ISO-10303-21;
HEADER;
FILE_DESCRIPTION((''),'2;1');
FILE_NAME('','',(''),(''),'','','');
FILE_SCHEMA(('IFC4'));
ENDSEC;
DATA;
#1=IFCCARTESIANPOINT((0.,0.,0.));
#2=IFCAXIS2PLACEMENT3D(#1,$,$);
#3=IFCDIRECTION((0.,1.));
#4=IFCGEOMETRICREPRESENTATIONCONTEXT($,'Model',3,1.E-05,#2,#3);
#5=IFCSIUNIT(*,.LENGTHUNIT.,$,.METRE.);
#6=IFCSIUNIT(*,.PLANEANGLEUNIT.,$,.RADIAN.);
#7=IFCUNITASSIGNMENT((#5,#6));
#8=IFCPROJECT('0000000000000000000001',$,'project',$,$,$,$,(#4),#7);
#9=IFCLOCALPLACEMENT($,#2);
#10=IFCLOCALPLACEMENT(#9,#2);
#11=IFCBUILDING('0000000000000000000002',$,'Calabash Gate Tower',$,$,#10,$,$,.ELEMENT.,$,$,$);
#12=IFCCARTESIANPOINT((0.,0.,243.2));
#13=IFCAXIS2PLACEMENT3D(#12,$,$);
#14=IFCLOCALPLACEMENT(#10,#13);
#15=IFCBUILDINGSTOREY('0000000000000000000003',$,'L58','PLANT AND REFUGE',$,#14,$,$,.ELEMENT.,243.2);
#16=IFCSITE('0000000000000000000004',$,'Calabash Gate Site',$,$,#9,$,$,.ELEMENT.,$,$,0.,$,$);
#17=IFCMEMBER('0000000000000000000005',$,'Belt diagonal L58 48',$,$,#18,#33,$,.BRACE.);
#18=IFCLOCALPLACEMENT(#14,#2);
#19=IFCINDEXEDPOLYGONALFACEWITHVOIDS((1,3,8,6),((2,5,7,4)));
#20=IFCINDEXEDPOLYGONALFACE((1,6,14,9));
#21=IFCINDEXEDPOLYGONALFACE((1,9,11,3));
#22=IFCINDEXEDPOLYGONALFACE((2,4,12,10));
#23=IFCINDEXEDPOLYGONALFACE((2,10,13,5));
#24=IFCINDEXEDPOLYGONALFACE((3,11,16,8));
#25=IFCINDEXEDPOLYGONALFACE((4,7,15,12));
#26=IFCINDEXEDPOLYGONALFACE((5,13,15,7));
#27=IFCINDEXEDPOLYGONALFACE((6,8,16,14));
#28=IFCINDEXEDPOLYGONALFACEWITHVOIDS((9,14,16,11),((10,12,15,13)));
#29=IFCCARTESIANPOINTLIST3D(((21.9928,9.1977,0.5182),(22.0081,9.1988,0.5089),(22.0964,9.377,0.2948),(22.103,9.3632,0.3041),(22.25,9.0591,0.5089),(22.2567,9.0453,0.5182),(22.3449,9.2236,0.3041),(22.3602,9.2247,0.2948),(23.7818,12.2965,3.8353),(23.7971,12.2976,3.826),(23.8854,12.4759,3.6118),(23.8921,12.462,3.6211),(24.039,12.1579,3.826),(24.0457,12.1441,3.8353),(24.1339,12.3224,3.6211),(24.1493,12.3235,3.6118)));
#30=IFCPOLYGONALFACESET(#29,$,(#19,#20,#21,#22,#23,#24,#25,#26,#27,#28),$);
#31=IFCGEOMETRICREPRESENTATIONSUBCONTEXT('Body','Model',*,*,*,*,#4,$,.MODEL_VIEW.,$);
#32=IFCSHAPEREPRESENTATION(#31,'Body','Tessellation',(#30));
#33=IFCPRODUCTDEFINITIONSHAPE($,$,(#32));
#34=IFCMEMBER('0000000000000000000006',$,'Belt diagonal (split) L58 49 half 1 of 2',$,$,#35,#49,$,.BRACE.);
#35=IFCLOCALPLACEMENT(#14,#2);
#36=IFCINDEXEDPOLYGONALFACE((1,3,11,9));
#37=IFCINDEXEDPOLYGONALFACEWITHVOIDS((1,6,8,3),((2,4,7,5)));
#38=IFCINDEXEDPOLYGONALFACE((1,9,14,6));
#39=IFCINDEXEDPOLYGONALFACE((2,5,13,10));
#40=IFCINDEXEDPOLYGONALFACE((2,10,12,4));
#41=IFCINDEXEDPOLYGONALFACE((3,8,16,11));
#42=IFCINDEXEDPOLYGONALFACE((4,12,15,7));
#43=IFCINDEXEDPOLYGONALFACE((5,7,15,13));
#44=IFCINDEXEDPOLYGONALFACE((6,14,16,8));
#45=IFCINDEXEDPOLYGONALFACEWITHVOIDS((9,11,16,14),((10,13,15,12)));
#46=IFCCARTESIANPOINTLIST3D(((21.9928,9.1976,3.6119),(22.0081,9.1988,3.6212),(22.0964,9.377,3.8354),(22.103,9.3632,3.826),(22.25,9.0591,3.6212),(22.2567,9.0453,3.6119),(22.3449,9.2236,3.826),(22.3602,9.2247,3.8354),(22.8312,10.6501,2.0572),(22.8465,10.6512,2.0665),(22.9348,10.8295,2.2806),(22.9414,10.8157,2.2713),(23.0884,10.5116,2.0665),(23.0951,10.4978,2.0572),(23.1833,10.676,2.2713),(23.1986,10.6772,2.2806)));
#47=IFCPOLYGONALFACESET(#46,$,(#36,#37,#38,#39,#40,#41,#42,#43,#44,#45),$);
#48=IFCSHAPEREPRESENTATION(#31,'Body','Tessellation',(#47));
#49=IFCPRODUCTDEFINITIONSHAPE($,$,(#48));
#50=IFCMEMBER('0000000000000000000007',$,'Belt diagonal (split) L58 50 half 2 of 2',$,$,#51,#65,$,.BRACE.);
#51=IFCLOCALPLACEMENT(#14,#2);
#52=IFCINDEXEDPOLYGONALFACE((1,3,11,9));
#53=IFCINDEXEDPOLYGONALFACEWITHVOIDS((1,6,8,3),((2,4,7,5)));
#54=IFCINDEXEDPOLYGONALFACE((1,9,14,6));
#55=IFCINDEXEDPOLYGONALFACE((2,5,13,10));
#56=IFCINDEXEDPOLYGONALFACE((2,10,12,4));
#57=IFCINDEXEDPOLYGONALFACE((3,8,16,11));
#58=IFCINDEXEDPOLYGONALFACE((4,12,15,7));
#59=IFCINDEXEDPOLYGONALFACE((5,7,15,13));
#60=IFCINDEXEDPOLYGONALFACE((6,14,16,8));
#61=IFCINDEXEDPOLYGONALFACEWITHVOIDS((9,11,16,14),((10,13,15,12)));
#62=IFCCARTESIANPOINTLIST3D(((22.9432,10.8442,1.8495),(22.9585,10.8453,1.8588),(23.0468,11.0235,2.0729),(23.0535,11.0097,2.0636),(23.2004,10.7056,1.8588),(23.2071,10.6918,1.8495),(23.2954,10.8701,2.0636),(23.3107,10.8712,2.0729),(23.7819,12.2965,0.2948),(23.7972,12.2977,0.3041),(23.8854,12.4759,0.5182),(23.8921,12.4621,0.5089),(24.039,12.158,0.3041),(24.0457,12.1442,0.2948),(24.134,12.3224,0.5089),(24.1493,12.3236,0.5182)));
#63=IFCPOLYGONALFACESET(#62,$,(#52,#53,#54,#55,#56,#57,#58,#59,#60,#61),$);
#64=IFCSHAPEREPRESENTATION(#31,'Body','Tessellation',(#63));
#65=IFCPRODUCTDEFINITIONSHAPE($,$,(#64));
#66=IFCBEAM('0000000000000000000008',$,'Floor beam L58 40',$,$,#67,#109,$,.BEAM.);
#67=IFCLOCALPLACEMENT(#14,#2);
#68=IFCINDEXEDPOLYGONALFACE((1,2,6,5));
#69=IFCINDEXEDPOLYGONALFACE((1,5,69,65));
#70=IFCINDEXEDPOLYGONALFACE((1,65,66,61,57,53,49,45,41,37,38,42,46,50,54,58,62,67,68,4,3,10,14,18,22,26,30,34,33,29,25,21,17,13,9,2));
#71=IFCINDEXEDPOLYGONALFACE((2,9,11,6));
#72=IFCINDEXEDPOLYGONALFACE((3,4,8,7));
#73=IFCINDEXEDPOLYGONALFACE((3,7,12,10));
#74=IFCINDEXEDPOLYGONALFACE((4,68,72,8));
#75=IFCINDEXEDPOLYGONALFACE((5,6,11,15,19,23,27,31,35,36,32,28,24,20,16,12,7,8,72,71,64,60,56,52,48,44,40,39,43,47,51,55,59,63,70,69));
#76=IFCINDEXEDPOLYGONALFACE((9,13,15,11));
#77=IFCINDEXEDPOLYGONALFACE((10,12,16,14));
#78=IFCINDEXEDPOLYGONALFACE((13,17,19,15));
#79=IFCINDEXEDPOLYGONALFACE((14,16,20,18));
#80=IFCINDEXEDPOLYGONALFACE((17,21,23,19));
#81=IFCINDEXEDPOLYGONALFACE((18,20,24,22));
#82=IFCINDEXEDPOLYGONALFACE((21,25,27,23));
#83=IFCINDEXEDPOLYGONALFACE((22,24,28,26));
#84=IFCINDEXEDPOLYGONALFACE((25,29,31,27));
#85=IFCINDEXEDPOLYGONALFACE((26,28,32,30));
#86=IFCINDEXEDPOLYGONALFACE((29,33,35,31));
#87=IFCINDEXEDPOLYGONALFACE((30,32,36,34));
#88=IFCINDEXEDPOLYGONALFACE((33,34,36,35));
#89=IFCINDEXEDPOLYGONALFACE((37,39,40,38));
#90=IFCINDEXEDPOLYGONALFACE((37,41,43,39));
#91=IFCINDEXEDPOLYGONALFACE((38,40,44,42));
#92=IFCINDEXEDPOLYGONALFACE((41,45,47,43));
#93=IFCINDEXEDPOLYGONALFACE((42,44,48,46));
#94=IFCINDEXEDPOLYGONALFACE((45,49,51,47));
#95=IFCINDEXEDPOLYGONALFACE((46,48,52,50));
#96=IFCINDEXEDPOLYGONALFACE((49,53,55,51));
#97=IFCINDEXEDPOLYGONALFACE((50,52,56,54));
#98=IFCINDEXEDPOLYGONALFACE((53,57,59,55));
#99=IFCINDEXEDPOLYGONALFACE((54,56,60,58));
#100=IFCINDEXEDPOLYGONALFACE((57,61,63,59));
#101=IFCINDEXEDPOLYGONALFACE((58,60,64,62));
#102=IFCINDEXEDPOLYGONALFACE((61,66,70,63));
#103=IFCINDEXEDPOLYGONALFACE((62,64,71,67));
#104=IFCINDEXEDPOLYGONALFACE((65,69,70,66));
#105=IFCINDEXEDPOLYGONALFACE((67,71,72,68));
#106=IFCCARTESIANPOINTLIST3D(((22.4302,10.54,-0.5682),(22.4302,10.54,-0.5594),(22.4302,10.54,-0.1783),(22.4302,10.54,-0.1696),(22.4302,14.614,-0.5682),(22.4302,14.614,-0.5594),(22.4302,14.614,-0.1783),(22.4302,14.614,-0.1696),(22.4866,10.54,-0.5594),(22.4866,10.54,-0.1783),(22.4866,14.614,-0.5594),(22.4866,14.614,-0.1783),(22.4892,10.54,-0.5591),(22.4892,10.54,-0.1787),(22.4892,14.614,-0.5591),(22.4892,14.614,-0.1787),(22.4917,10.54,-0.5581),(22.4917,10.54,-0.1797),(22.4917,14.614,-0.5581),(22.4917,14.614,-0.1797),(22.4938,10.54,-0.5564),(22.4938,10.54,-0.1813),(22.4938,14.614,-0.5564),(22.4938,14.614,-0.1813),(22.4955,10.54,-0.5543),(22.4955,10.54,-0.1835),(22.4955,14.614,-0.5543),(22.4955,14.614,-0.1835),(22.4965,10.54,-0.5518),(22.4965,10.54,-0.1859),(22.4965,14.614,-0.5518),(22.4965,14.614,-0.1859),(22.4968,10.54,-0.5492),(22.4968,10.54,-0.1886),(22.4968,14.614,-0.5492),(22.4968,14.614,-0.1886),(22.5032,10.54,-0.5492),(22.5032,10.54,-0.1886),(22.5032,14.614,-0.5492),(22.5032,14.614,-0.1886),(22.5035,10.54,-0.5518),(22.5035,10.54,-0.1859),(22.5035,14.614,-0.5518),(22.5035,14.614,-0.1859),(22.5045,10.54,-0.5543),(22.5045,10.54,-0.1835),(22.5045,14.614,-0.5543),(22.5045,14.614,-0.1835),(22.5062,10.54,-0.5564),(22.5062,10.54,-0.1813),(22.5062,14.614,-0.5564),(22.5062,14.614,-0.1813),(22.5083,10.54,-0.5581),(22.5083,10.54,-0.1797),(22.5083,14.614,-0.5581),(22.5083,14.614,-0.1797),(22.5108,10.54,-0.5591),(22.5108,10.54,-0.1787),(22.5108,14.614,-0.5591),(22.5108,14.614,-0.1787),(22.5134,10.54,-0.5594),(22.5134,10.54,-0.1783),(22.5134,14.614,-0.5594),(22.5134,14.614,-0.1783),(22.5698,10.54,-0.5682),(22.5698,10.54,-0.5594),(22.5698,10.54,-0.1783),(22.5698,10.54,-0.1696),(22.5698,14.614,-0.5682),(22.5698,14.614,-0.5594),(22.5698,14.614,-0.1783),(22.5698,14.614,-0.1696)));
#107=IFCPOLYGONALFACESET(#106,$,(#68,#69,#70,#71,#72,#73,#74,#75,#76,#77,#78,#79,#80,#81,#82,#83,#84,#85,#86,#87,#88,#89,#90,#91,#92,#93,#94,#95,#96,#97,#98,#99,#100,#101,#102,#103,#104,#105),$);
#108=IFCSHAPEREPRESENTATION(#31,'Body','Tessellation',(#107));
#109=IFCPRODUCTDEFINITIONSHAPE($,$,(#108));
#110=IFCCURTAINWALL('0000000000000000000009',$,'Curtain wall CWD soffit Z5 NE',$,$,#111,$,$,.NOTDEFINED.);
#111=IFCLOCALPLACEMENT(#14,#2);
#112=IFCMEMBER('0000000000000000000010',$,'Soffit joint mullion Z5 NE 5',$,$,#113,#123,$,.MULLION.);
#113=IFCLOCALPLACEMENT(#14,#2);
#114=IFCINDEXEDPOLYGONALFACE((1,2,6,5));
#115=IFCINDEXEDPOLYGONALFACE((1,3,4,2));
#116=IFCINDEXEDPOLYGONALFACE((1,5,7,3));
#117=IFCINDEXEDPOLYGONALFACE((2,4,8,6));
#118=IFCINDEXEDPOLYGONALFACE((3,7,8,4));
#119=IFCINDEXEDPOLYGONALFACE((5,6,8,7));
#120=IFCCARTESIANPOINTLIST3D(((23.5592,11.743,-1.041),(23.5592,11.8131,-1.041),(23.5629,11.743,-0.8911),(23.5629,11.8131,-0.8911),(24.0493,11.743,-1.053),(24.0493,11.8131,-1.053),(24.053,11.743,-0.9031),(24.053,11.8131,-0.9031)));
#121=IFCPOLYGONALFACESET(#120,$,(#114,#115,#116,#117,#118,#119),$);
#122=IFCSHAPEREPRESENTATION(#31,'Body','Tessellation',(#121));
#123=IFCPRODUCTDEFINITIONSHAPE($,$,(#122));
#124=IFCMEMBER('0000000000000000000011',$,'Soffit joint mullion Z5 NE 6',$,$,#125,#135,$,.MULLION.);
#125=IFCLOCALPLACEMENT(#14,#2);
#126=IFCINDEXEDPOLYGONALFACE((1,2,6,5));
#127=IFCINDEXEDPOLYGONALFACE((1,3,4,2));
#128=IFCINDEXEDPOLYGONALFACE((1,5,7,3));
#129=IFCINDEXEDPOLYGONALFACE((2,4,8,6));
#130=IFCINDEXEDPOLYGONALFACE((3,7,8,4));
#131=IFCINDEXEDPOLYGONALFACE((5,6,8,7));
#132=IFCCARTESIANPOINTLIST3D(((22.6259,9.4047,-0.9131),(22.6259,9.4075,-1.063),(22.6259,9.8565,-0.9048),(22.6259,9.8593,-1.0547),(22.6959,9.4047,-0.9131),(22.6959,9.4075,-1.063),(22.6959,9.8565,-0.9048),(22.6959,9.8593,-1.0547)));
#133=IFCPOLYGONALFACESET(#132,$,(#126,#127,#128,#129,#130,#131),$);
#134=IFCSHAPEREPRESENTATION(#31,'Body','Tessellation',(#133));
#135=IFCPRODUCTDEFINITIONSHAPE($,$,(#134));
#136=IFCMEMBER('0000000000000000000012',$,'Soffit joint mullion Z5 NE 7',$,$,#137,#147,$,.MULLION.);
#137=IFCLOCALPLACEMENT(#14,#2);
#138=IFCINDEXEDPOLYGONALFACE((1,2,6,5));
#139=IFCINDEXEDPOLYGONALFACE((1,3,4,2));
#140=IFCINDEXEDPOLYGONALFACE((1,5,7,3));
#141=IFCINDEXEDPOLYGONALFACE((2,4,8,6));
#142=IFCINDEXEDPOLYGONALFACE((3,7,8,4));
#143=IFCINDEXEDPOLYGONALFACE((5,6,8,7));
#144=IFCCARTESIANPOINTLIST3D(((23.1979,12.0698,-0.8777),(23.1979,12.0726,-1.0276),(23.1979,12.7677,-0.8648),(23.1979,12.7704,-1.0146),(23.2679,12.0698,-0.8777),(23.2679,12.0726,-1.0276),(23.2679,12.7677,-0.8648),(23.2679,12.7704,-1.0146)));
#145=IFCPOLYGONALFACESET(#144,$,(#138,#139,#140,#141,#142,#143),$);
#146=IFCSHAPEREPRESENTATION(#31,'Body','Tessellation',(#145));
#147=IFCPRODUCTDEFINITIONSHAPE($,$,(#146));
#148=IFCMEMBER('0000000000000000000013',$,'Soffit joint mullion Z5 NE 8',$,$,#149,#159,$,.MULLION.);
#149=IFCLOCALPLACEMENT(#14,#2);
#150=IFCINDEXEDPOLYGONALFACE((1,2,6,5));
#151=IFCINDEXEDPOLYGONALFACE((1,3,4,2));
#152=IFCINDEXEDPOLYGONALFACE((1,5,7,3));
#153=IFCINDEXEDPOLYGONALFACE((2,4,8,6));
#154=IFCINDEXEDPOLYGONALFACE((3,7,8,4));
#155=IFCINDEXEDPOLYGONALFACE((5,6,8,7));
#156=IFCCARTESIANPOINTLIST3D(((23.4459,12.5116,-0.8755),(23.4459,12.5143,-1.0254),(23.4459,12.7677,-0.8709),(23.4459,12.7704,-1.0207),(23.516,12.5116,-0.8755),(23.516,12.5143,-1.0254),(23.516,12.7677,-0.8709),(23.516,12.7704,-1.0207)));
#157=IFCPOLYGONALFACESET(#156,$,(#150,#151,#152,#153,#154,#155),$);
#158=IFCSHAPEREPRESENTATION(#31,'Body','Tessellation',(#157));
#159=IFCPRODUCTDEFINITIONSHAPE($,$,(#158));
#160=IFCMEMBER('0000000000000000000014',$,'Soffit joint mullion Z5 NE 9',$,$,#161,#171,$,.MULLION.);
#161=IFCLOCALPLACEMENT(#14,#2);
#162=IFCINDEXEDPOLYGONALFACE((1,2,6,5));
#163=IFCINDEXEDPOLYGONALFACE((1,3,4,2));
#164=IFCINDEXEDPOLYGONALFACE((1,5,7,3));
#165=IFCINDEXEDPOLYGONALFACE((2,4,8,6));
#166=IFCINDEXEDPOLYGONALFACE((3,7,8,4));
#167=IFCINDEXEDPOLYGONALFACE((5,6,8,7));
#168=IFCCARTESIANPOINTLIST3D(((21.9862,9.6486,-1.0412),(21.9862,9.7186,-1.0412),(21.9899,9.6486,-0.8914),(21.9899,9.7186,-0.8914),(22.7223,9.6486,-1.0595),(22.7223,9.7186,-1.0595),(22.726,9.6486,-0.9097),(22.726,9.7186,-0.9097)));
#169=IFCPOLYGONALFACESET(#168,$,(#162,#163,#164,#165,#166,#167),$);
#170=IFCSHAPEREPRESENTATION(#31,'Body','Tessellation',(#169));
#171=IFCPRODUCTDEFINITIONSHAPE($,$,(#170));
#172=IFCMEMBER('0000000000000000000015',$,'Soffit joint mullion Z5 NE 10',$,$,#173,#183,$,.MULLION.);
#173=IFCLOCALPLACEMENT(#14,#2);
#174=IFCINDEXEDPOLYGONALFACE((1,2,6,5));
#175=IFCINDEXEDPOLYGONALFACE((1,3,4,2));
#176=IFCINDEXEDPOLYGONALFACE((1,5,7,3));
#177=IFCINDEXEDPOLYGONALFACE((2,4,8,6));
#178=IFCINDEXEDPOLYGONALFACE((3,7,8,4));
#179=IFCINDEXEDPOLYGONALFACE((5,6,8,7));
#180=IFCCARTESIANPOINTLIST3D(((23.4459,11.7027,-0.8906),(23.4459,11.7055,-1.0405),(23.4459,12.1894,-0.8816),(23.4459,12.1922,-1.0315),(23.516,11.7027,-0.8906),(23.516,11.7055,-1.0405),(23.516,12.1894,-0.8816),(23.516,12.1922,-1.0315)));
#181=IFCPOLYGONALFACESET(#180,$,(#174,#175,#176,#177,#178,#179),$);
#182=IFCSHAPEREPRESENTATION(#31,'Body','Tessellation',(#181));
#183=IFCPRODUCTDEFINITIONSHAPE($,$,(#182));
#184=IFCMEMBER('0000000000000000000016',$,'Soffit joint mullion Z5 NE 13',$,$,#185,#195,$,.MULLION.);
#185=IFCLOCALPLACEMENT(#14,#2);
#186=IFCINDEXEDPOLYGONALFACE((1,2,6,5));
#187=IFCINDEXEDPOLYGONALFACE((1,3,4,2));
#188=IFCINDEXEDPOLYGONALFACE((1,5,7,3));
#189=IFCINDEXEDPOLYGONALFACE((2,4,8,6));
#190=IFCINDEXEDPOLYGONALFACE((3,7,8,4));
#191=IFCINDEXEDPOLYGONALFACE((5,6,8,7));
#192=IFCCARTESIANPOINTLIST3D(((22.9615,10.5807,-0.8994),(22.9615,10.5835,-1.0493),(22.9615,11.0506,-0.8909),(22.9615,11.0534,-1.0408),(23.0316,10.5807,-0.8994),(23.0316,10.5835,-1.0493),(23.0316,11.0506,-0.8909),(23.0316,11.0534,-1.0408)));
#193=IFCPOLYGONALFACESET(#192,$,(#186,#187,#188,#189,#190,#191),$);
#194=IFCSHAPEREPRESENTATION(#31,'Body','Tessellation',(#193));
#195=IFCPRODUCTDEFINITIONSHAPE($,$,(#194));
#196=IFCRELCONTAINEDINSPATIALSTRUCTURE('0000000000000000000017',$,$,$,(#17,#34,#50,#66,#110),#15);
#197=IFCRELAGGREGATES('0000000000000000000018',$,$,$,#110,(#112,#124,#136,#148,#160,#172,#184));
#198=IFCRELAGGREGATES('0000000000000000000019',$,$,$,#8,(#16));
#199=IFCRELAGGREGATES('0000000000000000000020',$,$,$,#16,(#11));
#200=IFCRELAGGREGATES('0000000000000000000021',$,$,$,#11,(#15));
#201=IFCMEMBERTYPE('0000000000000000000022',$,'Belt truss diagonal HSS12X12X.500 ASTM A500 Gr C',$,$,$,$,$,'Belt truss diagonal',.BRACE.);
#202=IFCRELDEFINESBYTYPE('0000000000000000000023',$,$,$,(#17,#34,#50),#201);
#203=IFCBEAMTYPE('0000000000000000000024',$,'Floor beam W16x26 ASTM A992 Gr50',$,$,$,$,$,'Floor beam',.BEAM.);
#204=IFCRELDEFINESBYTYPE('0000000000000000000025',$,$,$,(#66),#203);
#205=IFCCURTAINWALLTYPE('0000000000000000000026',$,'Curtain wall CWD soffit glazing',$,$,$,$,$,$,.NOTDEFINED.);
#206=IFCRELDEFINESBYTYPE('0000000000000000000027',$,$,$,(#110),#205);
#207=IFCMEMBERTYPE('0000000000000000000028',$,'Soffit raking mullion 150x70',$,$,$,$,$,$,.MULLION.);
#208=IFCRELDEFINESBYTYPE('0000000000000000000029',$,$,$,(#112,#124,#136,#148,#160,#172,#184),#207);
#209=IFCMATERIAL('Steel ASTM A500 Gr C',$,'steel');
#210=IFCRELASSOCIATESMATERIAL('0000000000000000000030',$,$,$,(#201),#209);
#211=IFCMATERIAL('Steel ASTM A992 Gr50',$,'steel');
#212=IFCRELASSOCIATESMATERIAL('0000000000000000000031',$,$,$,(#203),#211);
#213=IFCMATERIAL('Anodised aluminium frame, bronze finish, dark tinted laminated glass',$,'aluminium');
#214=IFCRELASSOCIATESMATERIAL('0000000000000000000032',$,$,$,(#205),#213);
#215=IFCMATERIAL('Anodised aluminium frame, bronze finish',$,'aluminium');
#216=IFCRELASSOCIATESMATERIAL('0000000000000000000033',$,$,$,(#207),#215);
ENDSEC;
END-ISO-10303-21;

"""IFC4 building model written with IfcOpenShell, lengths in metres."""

from ifc_helpers import new_model, si_unit, direction, frame, origin, origin_2d, place, context, subcontext, project, spatial, rectangle, hollow_rectangle, i_section, extrude, material, material_profile, profile_set, type_object, element, aggregate, save


model = new_model("IFC4")

# Units and contexts
model_context = context("Model", 3, precision=1e-05, world=origin(), true_north=direction((0.0, 1.0)))
body_context = subcontext(model_context, "Body", "Model", "MODEL_VIEW")
ifc_project = project(units=[si_unit("LENGTHUNIT", "METRE"), si_unit("PLANEANGLEUNIT", "RADIAN")], contexts=[model_context])

# Site, building, storey
site_placement = place(None, origin())
site = spatial("IfcSite", under=ifc_project, at=site_placement, Name="Calabash Gate Site", CompositionType="ELEMENT", RefElevation=0.0)
building_placement = place(site_placement, origin())
building = spatial("IfcBuilding", under=site, at=building_placement, Name="Calabash Gate Tower", CompositionType="ELEMENT")
storey_placement = place(building_placement, frame((0.0, 0.0, 243.2)))
storey = spatial("IfcBuildingStorey", under=building, at=storey_placement, Name="L58", Description="PLANT AND REFUGE", CompositionType="ELEMENT", Elevation=243.2)

# Members
ifc_material_1 = material(Name="Steel ASTM A500 Gr C", Category="steel")
ifc_material_profile_1 = material_profile(ifc_material_1, hollow_rectangle(XDim=0.3047, YDim=0.3047, WallThickness=0.0127, at=origin_2d()))
ifc_profile_set_1 = profile_set([ifc_material_profile_1], Name="Steel ASTM A500 Gr C")
member_type_1 = type_object("IfcMemberType", Name="Belt truss diagonal HSS12X12X.500 ASTM A500 Gr C", ElementType="Belt truss diagonal", PredefinedType="BRACE", material=ifc_profile_set_1)
member_1_placement = place(storey_placement, frame((22.1765, 9.2112, 0.4065), z_axis=(0.366667, 0.635112, 0.679844), x_axis=(-0.866034, 0.499984, 0.0)))
element("IfcMember", 1, at=member_1_placement, inside=storey, type_object=member_type_1, Name="Belt diagonal L58 48", PredefinedType="BRACE", context=body_context, shape_type="SweptSolid", body=[
    extrude(hollow_rectangle(XDim=0.3047, YDim=0.3047, WallThickness=0.0127, at=origin_2d()), origin(), (0.0, 0.0, 1.0), 4.8792),
])
for number, where, z_axis, x_axis, name in (
    (2, (22.1765, 9.2112, 3.7236), (0.366619, 0.635125, -0.679858), (-0.866067, 0.499928, 0.0), "Belt diagonal (split) L58 49 half 1 of 2"),
    (3, (23.127, 10.8577, 1.9612), (0.366712, 0.6351, -0.679831), (-0.866004, 0.500037, 0.0), "Belt diagonal (split) L58 50 half 2 of 2"),
):
    element("IfcMember", number, at=place(storey_placement, frame(where, z_axis=z_axis, x_axis=x_axis)), inside=storey, type_object=member_type_1, Name=name, PredefinedType="BRACE", context=body_context, shape_type="SweptSolid", body=[
        extrude(hollow_rectangle(XDim=0.3047, YDim=0.3047, WallThickness=0.0127, at=origin_2d()), origin(), (0.0, 0.0, 1.0), 2.2869),
    ])

# Beam
ifc_material_2 = material(Name="Steel ASTM A992 Gr50", Category="steel")
ifc_material_profile_2 = material_profile(ifc_material_2, i_section(OverallWidth=0.1396, OverallDepth=0.3987, WebThickness=0.0063, FlangeThickness=0.0088, FilletRadius=0.0103, at=origin_2d()))
ifc_profile_set_2 = profile_set([ifc_material_profile_2], Name="Steel ASTM A992 Gr50")
beam_type = type_object("IfcBeamType", Name="Floor beam W16x26 ASTM A992 Gr50", ElementType="Floor beam", PredefinedType="BEAM", material=ifc_profile_set_2)
beam_placement = place(storey_placement, frame((22.5, 10.54, -0.3689), z_axis=(0.0, 1.0, 0.0), x_axis=(-1.0, 0.0, 0.0)))
element("IfcBeam", 4, at=beam_placement, inside=storey, type_object=beam_type, Name="Floor beam L58 40", PredefinedType="BEAM", context=body_context, shape_type="SweptSolid", body=[
    extrude(i_section(OverallWidth=0.1396, OverallDepth=0.3987, WebThickness=0.0063, FlangeThickness=0.0088, FilletRadius=0.0103, at=origin_2d()), origin(), (0.0, 0.0, 1.0), 4.074),
])

# Curtain wall, members
ifc_material_3 = material(Name="Anodised aluminium frame, bronze finish, dark tinted laminated glass", Category="aluminium")
curtain_wall_type = type_object("IfcCurtainWallType", Name="Curtain wall CWD soffit glazing", PredefinedType="NOTDEFINED", material=ifc_material_3)
curtain_wall_placement = place(storey_placement, origin())
curtain_wall = element("IfcCurtainWall", 5, at=curtain_wall_placement, inside=storey, type_object=curtain_wall_type, Name="Curtain wall CWD soffit Z5 NE", PredefinedType="NOTDEFINED")
ifc_material_4 = material(Name="Anodised aluminium frame, bronze finish", Category="aluminium")
ifc_material_profile_3 = material_profile(ifc_material_4, rectangle(XDim=0.1499, YDim=0.0701, at=origin_2d()))
ifc_profile_set_3 = profile_set([ifc_material_profile_3], Name="Anodised aluminium frame, bronze finish")
member_type_2 = type_object("IfcMemberType", Name="Soffit raking mullion 150x70", PredefinedType="MULLION", material=ifc_profile_set_3)
member_2_placement = place(storey_placement, frame((23.561, 11.7781, -0.9661), z_axis=(0.999702, 0.0, -0.024407), x_axis=(0.024407, 0.0, 0.999702)))
member_2 = element("IfcMember", 6, at=member_2_placement, type_object=member_type_2, Name="Soffit joint mullion Z5 NE 5", PredefinedType="MULLION", context=body_context, shape_type="SweptSolid", body=[
    extrude(rectangle(XDim=0.1499, YDim=0.0701, at=origin_2d()), origin(), (0.0, 0.0, 1.0), 0.4902),
])
member_3_placement = place(storey_placement, frame((22.6609, 9.8579, -0.9797), z_axis=(0.0, -0.999831, -0.018365), x_axis=(0.0, -0.018365, 0.999831)))
member_3 = element("IfcMember", 7, at=member_3_placement, type_object=member_type_2, Name="Soffit joint mullion Z5 NE 6", PredefinedType="MULLION", context=body_context, shape_type="SweptSolid", body=[
    extrude(rectangle(XDim=0.1499, YDim=0.0701, at=origin_2d()), origin(), (0.0, 0.0, 1.0), 0.4519),
])
member_4_placement = place(storey_placement, frame((23.2329, 12.769, -0.9397), z_axis=(0.0, -0.999828, -0.018535), x_axis=(0.0, -0.018535, 0.999828)))
member_4 = element("IfcMember", 8, at=member_4_placement, type_object=member_type_2, Name="Soffit joint mullion Z5 NE 7", PredefinedType="MULLION", context=body_context, shape_type="SweptSolid", body=[
    extrude(rectangle(XDim=0.1499, YDim=0.0701, at=origin_2d()), origin(), (0.0, 0.0, 1.0), 0.698),
])
member_5_placement = place(storey_placement, frame((23.481, 12.769, -0.9458), z_axis=(0.0, -0.999836, -0.01811), x_axis=(0.0, -0.01811, 0.999836)))
member_5 = element("IfcMember", 9, at=member_5_placement, type_object=member_type_2, Name="Soffit joint mullion Z5 NE 8", PredefinedType="MULLION", context=body_context, shape_type="SweptSolid", body=[
    extrude(rectangle(XDim=0.1499, YDim=0.0701, at=origin_2d()), origin(), (0.0, 0.0, 1.0), 0.2561),
])
member_6_placement = place(storey_placement, frame((22.7241, 9.6836, -0.9846), z_axis=(-0.999691, 0.0, 0.024868), x_axis=(0.024868, 0.0, 0.999691)))
member_6 = element("IfcMember", 10, at=member_6_placement, type_object=member_type_2, Name="Soffit joint mullion Z5 NE 9", PredefinedType="MULLION", context=body_context, shape_type="SweptSolid", body=[
    extrude(rectangle(XDim=0.1499, YDim=0.0701, at=origin_2d()), origin(), (0.0, 0.0, 1.0), 0.7363),
])
member_7_placement = place(storey_placement, frame((23.481, 11.7041, -0.9656), z_axis=(0.0, 0.999828, 0.018552), x_axis=(0.0, -0.018552, 0.999828)))
member_7 = element("IfcMember", 11, at=member_7_placement, type_object=member_type_2, Name="Soffit joint mullion Z5 NE 10", PredefinedType="MULLION", context=body_context, shape_type="SweptSolid", body=[
    extrude(rectangle(XDim=0.1499, YDim=0.0701, at=origin_2d()), origin(), (0.0, 0.0, 1.0), 0.4868),
])
member_8_placement = place(storey_placement, frame((22.9966, 11.052, -0.9658), z_axis=(0.0, -0.999835, -0.018179), x_axis=(0.0, -0.018179, 0.999835)))
member_8 = element("IfcMember", 12, at=member_8_placement, type_object=member_type_2, Name="Soffit joint mullion Z5 NE 13", PredefinedType="MULLION", context=body_context, shape_type="SweptSolid", body=[
    extrude(rectangle(XDim=0.1499, YDim=0.0701, at=origin_2d()), origin(), (0.0, 0.0, 1.0), 0.47),
])
aggregate(curtain_wall, [member_2, member_3, member_4, member_5, member_6, member_7, member_8])

save(model, "model.ifc")
